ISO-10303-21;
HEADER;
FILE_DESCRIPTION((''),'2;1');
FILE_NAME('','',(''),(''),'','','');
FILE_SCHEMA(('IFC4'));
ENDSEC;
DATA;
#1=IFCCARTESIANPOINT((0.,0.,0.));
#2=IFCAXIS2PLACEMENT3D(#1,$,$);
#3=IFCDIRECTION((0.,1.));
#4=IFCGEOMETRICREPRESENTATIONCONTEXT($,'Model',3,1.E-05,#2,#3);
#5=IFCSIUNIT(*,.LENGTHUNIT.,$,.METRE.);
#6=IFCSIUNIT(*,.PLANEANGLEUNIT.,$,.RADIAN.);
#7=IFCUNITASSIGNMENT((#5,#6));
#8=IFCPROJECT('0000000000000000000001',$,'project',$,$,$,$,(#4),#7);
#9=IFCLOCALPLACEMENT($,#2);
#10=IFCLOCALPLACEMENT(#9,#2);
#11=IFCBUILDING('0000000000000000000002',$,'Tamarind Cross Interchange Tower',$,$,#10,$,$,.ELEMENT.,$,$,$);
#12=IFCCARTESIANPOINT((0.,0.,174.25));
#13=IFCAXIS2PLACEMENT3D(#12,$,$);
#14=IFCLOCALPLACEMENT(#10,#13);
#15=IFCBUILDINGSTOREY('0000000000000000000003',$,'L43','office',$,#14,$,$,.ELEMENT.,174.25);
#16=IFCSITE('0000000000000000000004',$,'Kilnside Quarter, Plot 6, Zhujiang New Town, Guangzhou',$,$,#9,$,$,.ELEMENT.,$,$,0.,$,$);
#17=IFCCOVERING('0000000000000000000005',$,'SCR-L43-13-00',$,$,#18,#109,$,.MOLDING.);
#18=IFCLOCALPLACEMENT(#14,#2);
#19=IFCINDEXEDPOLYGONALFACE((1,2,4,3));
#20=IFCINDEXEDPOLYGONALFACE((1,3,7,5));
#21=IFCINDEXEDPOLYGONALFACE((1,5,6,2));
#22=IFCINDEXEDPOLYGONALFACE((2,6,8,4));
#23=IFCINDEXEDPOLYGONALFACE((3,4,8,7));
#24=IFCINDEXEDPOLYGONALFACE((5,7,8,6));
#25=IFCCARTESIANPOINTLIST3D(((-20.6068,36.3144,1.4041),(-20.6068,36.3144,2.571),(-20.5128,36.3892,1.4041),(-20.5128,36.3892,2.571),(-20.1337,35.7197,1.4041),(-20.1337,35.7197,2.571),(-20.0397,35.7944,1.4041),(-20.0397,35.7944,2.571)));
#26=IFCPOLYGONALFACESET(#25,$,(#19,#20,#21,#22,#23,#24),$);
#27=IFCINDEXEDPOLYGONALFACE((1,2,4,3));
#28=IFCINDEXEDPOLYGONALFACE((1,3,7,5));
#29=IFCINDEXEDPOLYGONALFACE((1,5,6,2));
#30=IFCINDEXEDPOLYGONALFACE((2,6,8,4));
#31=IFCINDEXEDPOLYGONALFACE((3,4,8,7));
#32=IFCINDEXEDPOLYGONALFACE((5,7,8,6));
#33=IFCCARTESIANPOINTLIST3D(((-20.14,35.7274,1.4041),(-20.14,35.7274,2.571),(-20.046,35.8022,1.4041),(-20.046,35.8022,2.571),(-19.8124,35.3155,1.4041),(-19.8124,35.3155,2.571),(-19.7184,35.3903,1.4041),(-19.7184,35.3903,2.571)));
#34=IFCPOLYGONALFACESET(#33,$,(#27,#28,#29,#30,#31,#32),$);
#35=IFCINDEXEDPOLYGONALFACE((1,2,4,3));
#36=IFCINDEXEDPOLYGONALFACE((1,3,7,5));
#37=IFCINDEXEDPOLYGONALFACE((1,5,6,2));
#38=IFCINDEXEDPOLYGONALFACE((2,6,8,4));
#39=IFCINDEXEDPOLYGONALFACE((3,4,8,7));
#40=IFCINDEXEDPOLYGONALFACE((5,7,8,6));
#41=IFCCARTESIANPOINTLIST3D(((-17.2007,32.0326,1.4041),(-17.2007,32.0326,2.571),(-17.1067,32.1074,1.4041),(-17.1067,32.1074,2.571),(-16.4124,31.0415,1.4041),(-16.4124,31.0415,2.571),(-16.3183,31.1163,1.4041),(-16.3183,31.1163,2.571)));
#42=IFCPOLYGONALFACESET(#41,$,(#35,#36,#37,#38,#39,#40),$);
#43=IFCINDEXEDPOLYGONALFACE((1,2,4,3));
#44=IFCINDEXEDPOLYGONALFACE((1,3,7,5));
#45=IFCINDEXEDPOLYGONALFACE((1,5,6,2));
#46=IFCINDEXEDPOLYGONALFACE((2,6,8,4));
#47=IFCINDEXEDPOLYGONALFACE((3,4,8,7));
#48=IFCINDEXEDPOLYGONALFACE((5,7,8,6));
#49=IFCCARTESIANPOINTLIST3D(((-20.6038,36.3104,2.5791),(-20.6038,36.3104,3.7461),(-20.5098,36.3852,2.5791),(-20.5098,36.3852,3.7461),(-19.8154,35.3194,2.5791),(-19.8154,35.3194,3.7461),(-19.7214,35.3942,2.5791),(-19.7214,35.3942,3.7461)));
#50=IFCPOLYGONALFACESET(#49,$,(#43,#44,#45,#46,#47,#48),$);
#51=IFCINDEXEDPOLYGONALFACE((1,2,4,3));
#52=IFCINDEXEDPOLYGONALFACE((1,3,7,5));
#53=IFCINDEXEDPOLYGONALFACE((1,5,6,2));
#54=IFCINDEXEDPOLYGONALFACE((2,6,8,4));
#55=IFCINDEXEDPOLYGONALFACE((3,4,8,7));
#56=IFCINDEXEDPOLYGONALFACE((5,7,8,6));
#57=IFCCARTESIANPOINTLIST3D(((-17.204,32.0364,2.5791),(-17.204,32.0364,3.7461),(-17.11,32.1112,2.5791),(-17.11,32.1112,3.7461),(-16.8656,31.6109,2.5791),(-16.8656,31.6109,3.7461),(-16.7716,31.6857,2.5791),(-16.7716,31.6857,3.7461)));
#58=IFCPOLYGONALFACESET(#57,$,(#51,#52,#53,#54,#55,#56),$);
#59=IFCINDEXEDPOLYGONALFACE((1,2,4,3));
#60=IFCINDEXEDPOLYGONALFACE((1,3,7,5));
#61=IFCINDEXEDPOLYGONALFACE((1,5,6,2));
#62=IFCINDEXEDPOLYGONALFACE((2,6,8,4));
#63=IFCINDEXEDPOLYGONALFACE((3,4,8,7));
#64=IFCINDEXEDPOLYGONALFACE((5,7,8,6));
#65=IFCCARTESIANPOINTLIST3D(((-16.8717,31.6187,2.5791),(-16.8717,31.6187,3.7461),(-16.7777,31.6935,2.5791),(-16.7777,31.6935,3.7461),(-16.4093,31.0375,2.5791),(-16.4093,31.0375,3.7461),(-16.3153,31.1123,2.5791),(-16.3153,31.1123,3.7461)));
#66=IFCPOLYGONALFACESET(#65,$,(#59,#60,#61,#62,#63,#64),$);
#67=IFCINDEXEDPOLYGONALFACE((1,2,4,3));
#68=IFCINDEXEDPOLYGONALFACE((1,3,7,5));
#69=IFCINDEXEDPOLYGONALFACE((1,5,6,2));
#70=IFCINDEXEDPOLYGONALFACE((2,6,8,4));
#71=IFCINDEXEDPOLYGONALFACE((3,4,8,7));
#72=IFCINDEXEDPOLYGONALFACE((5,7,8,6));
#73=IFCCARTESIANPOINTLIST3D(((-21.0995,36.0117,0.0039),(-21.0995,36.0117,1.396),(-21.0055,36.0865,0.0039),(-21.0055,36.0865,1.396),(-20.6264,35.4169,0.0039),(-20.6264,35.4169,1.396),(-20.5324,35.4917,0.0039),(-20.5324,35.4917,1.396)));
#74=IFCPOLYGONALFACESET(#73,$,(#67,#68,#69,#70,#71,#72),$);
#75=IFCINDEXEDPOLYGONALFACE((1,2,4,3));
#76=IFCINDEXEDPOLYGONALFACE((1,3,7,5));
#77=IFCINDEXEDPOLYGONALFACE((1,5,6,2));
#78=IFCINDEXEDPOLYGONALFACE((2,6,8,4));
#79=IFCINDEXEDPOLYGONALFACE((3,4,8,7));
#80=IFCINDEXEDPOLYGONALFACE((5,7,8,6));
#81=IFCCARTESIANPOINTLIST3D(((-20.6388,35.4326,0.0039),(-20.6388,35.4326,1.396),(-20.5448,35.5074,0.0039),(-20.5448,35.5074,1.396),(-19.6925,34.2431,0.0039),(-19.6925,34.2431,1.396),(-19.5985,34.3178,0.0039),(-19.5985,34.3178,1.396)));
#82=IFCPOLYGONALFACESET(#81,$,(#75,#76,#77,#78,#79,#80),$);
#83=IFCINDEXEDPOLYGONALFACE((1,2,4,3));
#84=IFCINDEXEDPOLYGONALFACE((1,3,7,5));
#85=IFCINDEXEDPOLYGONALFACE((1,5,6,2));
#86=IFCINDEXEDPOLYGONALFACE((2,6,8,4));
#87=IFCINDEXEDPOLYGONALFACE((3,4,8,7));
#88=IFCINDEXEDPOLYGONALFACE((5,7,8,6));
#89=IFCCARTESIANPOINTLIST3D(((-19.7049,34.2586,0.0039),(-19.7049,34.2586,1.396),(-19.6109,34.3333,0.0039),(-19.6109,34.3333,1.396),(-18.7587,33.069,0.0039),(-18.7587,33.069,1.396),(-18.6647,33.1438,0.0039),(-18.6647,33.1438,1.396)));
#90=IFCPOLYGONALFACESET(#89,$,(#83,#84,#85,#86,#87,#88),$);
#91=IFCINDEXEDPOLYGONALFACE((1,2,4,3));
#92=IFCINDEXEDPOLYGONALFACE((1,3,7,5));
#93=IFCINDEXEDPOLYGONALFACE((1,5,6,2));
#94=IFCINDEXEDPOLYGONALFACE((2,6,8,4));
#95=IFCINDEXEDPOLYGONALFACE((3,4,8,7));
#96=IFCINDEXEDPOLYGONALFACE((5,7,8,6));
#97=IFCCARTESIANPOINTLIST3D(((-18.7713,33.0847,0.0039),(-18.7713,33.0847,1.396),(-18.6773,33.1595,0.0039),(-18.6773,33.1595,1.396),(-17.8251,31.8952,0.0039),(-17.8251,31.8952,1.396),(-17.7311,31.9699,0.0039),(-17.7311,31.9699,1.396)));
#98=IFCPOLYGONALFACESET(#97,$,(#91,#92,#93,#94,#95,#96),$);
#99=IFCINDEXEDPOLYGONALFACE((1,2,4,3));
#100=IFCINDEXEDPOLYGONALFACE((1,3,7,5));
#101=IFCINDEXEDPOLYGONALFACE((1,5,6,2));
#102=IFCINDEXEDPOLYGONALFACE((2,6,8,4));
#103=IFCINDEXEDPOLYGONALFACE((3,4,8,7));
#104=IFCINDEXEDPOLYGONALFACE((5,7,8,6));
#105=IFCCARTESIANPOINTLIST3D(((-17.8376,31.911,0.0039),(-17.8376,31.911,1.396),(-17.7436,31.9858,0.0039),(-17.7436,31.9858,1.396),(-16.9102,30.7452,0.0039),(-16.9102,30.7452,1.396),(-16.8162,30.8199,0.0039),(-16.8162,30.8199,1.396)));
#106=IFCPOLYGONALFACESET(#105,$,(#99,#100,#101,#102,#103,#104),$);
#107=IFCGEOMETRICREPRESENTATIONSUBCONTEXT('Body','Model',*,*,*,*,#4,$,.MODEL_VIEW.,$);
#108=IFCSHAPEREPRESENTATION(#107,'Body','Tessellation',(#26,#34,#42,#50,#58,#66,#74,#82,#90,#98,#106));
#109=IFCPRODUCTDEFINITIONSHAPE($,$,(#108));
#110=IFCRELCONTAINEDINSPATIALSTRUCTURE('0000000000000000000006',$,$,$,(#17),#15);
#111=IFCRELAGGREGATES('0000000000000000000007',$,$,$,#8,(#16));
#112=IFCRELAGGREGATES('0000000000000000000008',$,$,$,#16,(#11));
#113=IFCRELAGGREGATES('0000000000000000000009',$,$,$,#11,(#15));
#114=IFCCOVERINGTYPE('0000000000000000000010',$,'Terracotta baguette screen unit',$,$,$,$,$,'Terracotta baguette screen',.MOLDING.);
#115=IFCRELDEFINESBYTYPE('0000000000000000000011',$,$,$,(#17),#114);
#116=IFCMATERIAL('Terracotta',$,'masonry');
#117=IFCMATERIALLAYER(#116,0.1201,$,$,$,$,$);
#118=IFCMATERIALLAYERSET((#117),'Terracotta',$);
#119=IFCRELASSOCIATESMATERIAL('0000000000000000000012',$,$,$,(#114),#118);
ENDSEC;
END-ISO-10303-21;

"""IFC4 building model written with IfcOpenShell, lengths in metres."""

from ifc_helpers import new_model, si_unit, direction, frame, origin, origin_2d, place, context, subcontext, project, spatial, rectangle, extrude, material, layer, layer_set, type_object, element, save


model = new_model("IFC4")

# Units and contexts
model_context = context("Model", 3, precision=1e-05, world=origin(), true_north=direction((0.0, 1.0)))
body_context = subcontext(model_context, "Body", "Model", "MODEL_VIEW")
ifc_project = project(units=[si_unit("LENGTHUNIT", "METRE"), si_unit("PLANEANGLEUNIT", "RADIAN")], contexts=[model_context])

# Site, building, storey
site_placement = place(None, origin())
site = spatial("IfcSite", under=ifc_project, at=site_placement, Name="Kilnside Quarter, Plot 6, Zhujiang New Town, Guangzhou", CompositionType="ELEMENT", RefElevation=0.0)
building_placement = place(site_placement, origin())
building = spatial("IfcBuilding", under=site, at=building_placement, Name="Tamarind Cross Interchange Tower", CompositionType="ELEMENT")
storey_placement = place(building_placement, frame((0.0, 0.0, 174.25)))
storey = spatial("IfcBuildingStorey", under=building, at=storey_placement, Name="L43", Description="office", CompositionType="ELEMENT", Elevation=174.25)

# Covering
ifc_material_1 = material(Name="Terracotta", Category="masonry")
ifc_layer_1 = layer(ifc_material_1, 0.1201)
ifc_layer_set_1 = layer_set([ifc_layer_1], Name="Terracotta")
covering_type = type_object("IfcCoveringType", Name="Terracotta baguette screen unit", ElementType="Terracotta baguette screen", PredefinedType="MOLDING", material=ifc_layer_set_1)
covering_1_placement = place(storey_placement, origin())
element("IfcCovering", 1, at=covering_1_placement, inside=storey, type_object=covering_type, Name="SCR-L43-13-00", PredefinedType="MOLDING", context=body_context, shape_type="SweptSolid", body=[
    extrude(rectangle(XDim=0.76, YDim=0.1201, at=origin_2d()), frame((-20.3232, 36.0544, 1.4041), z_axis=(0.0, 0.0, 1.0), x_axis=(0.622525, -0.7826, 0.0)), (0.0, 0.0, 1.0), 1.167),
    extrude(rectangle(XDim=0.5264, YDim=0.1201, at=origin_2d()), frame((-19.9292, 35.5588, 1.4041), z_axis=(0.0, 0.0, 1.0), x_axis=(0.622525, -0.7826, 0.0)), (0.0, 0.0, 1.0), 1.167),
    extrude(rectangle(XDim=1.2664, YDim=0.1201, at=origin_2d()), frame((-16.7595, 31.5745, 1.4041), z_axis=(0.0, 0.0, 1.0), x_axis=(0.622525, -0.7826, 0.0)), (0.0, 0.0, 1.0), 1.167),
    extrude(rectangle(XDim=1.2664, YDim=0.1201, at=origin_2d()), frame((-20.1626, 35.8523, 2.5791), z_axis=(0.0, 0.0, 1.0), x_axis=(0.622525, -0.7826, 0.0)), (0.0, 0.0, 1.0), 1.167),
    extrude(rectangle(XDim=0.5437, YDim=0.1201, at=origin_2d()), frame((-16.9878, 31.8611, 2.5791), z_axis=(0.0, 0.0, 1.0), x_axis=(0.622525, -0.7826, 0.0)), (0.0, 0.0, 1.0), 1.167),
    extrude(rectangle(XDim=0.7427, YDim=0.1201, at=origin_2d()), frame((-16.5935, 31.3655, 2.5791), z_axis=(0.0, 0.0, 1.0), x_axis=(0.622525, -0.7826, 0.0)), (0.0, 0.0, 1.0), 1.167),
    extrude(rectangle(XDim=0.76, YDim=0.1201, at=origin_2d()), frame((-20.8159, 35.7517, 0.0039), z_axis=(0.0, 0.0, 1.0), x_axis=(0.622525, -0.7826, 0.0)), (0.0, 0.0, 1.0), 1.3921),
    extrude(rectangle(XDim=1.52, YDim=0.1201, at=origin_2d()), frame((-20.1187, 34.8752, 0.0039), z_axis=(0.0, 0.0, 1.0), x_axis=(0.622525, -0.7826, 0.0)), (0.0, 0.0, 1.0), 1.3921),
    extrude(rectangle(XDim=1.52, YDim=0.1201, at=origin_2d()), frame((-19.1848, 33.7012, 0.0039), z_axis=(0.0, 0.0, 1.0), x_axis=(0.622525, -0.7826, 0.0)), (0.0, 0.0, 1.0), 1.3921),
    extrude(rectangle(XDim=1.52, YDim=0.1201, at=origin_2d()), frame((-18.2512, 32.5273, 0.0039), z_axis=(0.0, 0.0, 1.0), x_axis=(0.622525, -0.7826, 0.0)), (0.0, 0.0, 1.0), 1.3921),
    extrude(rectangle(XDim=1.4897, YDim=0.1201, at=origin_2d()), frame((-17.3269, 31.3655, 0.0039), z_axis=(0.0, 0.0, 1.0), x_axis=(0.622525, -0.7826, 0.0)), (0.0, 0.0, 1.0), 1.3921),
])

save(model, "model.ifc")
